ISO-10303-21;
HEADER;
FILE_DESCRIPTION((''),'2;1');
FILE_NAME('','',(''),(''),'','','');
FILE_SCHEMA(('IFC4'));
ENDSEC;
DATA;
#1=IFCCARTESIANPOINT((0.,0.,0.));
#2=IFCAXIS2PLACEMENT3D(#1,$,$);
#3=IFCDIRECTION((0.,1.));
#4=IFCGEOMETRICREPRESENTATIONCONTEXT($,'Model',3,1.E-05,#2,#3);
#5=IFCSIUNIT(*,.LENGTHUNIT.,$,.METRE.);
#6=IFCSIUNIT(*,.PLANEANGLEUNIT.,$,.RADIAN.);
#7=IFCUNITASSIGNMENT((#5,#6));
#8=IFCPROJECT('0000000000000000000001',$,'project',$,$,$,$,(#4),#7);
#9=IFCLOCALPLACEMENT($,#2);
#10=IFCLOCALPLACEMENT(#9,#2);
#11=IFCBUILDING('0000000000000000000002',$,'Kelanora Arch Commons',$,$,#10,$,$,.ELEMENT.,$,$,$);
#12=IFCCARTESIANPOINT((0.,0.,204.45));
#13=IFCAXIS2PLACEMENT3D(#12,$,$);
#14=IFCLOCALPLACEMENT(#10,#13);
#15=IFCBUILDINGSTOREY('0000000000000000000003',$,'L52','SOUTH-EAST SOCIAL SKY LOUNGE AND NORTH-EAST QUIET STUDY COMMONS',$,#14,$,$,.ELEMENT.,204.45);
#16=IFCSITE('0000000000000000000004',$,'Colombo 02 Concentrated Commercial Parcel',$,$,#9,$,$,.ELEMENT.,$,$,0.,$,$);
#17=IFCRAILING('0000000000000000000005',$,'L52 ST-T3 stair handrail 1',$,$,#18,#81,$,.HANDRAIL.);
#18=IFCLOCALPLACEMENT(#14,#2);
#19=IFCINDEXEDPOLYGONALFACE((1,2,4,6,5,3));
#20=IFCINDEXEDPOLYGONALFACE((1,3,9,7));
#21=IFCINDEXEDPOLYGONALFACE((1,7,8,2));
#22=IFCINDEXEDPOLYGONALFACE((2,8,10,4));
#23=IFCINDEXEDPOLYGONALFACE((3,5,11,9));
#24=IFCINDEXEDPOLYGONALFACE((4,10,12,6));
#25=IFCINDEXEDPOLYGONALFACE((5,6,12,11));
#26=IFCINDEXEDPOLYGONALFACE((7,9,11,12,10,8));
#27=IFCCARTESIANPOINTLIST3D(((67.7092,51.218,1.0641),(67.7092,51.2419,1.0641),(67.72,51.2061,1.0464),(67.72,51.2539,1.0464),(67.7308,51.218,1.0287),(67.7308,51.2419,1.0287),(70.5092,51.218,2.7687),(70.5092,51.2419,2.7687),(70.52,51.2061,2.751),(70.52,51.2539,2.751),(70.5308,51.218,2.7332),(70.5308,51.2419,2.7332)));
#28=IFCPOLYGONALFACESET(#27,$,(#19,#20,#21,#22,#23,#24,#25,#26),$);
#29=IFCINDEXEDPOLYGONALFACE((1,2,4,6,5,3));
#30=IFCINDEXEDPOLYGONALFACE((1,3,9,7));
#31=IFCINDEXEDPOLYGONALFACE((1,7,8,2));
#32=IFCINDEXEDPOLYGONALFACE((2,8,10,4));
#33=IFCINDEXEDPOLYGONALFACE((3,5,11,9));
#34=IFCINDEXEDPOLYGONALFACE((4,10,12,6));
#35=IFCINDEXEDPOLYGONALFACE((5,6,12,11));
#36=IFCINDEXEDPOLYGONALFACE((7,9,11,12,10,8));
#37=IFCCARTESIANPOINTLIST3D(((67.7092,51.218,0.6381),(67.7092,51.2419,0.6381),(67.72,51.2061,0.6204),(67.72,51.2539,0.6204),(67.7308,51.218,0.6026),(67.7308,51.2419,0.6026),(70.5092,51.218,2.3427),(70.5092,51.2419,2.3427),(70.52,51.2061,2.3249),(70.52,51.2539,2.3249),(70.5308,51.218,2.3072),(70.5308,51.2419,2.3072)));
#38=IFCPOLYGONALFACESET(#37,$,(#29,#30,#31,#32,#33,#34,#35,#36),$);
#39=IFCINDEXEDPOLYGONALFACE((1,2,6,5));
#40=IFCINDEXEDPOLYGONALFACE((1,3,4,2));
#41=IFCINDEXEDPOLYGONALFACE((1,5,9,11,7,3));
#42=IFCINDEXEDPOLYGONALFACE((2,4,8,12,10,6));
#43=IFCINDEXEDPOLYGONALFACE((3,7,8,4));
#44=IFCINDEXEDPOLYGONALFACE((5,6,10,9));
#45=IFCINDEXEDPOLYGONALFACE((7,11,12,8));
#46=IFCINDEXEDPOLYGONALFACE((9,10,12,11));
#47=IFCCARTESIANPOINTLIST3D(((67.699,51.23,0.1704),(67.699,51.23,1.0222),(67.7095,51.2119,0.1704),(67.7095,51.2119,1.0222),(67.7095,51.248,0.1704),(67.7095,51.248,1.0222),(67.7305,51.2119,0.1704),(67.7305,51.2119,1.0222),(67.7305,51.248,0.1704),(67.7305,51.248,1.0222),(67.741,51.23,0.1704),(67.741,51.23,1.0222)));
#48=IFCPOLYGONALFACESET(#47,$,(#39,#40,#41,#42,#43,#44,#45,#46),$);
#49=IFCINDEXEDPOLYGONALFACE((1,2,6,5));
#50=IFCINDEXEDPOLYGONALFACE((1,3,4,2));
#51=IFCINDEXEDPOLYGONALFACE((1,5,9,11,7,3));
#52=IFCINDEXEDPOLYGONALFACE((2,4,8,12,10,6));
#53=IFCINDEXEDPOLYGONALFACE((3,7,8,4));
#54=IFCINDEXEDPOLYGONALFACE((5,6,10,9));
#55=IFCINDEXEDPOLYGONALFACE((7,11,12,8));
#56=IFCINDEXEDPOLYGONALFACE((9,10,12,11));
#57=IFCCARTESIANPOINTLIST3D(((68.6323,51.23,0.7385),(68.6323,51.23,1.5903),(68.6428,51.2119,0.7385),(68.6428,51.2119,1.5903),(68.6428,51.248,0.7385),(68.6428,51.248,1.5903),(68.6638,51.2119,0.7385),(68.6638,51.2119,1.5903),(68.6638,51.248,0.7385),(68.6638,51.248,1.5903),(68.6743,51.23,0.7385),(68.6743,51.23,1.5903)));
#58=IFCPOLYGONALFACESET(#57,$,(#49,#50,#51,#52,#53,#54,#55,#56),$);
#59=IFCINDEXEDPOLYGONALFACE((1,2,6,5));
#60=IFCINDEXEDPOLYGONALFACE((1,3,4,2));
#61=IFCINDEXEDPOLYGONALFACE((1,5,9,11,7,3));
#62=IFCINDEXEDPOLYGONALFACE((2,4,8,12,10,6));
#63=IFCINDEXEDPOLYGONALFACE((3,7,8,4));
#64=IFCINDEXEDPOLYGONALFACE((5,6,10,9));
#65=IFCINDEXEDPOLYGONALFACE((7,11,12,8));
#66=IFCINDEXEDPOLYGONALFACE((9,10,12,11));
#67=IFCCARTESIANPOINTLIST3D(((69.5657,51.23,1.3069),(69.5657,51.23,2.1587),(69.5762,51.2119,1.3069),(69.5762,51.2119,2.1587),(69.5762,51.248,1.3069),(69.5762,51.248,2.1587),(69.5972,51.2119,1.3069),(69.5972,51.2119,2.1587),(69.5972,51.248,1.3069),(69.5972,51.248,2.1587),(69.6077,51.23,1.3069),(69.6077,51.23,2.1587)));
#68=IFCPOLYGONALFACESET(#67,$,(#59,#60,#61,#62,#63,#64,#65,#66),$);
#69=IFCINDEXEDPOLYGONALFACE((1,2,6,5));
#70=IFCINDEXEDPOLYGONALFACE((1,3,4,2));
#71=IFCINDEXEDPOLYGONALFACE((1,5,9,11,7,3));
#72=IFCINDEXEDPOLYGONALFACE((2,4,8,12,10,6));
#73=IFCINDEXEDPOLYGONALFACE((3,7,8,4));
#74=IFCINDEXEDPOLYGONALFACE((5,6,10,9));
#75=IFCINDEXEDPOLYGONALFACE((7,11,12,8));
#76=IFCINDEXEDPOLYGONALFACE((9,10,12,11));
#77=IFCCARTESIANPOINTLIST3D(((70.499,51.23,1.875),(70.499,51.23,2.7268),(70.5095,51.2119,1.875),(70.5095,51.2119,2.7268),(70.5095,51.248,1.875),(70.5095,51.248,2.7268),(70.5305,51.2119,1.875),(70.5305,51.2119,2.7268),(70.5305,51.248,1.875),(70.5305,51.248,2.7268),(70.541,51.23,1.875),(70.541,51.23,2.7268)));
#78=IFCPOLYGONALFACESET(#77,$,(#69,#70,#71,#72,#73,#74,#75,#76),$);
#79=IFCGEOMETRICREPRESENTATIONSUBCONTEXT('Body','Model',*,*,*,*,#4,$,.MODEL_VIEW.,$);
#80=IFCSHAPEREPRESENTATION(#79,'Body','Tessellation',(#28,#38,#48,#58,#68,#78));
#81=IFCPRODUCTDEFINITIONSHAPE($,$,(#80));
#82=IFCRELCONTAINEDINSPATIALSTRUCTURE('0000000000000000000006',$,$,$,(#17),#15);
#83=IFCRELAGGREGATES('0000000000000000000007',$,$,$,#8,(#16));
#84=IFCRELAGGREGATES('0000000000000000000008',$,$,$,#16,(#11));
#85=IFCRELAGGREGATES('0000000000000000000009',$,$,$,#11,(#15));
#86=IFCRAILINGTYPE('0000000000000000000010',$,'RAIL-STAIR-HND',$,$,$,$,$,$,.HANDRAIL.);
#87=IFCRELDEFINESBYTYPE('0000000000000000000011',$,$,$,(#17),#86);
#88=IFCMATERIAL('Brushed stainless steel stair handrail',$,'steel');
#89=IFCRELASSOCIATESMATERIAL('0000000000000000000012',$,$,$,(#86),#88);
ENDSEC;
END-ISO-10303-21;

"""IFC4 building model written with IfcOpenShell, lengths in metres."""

from ifc_helpers import new_model, si_unit, direction, frame, origin, place, context, subcontext, project, spatial, polyline, outline, extrude, material, type_object, element, save


model = new_model("IFC4")

# Units and contexts
model_context = context("Model", 3, precision=1e-05, world=origin(), true_north=direction((0.0, 1.0)))
body_context = subcontext(model_context, "Body", "Model", "MODEL_VIEW")
ifc_project = project(units=[si_unit("LENGTHUNIT", "METRE"), si_unit("PLANEANGLEUNIT", "RADIAN")], contexts=[model_context])

# Site, building, storey
site_placement = place(None, origin())
site = spatial("IfcSite", under=ifc_project, at=site_placement, Name="Colombo 02 Concentrated Commercial Parcel", CompositionType="ELEMENT", RefElevation=0.0)
building_placement = place(site_placement, origin())
building = spatial("IfcBuilding", under=site, at=building_placement, Name="Kelanora Arch Commons", CompositionType="ELEMENT")
storey_placement = place(building_placement, frame((0.0, 0.0, 204.45)))
storey = spatial("IfcBuildingStorey", under=building, at=storey_placement, Name="L52", Description="SOUTH-EAST SOCIAL SKY LOUNGE AND NORTH-EAST QUIET STUDY COMMONS", CompositionType="ELEMENT", Elevation=204.45)

# Railing
ifc_material_1 = material(Name="Brushed stainless steel stair handrail", Category="steel")
railing_type_1 = type_object("IfcRailingType", Name="RAIL-STAIR-HND", PredefinedType="HANDRAIL", material=ifc_material_1)
railing_1_placement = place(storey_placement, frame((67.72, 51.23, 0.1704)))
element("IfcRailing", 1, at=railing_1_placement, inside=storey, type_object=railing_type_1, Name="L52 ST-T3 stair handrail 1", PredefinedType="HANDRAIL", context=body_context, shape_type="SweptSolid", body=[
    extrude(outline(polyline([(0.0239, 0.0), (0.012, 0.0208), (-0.012, 0.0208), (-0.0239, 0.0), (-0.012, -0.0208), (0.012, -0.0208), (0.0239, 0.0)])), frame((0.0, 0.0, 0.876), z_axis=(0.85417, 0.0, 0.519994), x_axis=(0.0, 1.0, 0.0)), (0.0, 0.0, 1.0), 3.2781),
    extrude(outline(polyline([(0.0239, 0.0), (0.012, 0.0208), (-0.012, 0.0208), (-0.0239, 0.0), (-0.012, -0.0208), (0.012, -0.0208), (0.0239, 0.0)])), frame((0.0, 0.0, 0.45), z_axis=(0.85417, 0.0, 0.519994), x_axis=(0.0, 1.0, 0.0)), (0.0, 0.0, 1.0), 3.2781),
    extrude(outline(polyline([(0.021, 0.0), (0.0105, 0.0181), (-0.0105, 0.0181), (-0.021, 0.0), (-0.0105, -0.0181), (0.0105, -0.0181), (0.021, 0.0)])), origin(), (0.0, 0.0, 1.0), 0.8518),
    extrude(outline(polyline([(0.021, 0.0), (0.0105, 0.0181), (-0.0105, 0.0181), (-0.021, 0.0), (-0.0105, -0.0181), (0.0105, -0.0181), (0.021, 0.0)])), frame((0.9333, 0.0, 0.5681)), (0.0, 0.0, 1.0), 0.8518),
    extrude(outline(polyline([(0.021, 0.0), (0.0105, 0.0181), (-0.0105, 0.0181), (-0.021, 0.0), (-0.0105, -0.0181), (0.0105, -0.0181), (0.021, 0.0)])), frame((1.8667, 0.0, 1.1365)), (0.0, 0.0, 1.0), 0.8518),
    extrude(outline(polyline([(0.021, 0.0), (0.0105, 0.0181), (-0.0105, 0.0181), (-0.021, 0.0), (-0.0105, -0.0181), (0.0105, -0.0181), (0.021, 0.0)])), frame((2.8, 0.0, 1.7046)), (0.0, 0.0, 1.0), 0.8518),
])

save(model, "model.ifc")
